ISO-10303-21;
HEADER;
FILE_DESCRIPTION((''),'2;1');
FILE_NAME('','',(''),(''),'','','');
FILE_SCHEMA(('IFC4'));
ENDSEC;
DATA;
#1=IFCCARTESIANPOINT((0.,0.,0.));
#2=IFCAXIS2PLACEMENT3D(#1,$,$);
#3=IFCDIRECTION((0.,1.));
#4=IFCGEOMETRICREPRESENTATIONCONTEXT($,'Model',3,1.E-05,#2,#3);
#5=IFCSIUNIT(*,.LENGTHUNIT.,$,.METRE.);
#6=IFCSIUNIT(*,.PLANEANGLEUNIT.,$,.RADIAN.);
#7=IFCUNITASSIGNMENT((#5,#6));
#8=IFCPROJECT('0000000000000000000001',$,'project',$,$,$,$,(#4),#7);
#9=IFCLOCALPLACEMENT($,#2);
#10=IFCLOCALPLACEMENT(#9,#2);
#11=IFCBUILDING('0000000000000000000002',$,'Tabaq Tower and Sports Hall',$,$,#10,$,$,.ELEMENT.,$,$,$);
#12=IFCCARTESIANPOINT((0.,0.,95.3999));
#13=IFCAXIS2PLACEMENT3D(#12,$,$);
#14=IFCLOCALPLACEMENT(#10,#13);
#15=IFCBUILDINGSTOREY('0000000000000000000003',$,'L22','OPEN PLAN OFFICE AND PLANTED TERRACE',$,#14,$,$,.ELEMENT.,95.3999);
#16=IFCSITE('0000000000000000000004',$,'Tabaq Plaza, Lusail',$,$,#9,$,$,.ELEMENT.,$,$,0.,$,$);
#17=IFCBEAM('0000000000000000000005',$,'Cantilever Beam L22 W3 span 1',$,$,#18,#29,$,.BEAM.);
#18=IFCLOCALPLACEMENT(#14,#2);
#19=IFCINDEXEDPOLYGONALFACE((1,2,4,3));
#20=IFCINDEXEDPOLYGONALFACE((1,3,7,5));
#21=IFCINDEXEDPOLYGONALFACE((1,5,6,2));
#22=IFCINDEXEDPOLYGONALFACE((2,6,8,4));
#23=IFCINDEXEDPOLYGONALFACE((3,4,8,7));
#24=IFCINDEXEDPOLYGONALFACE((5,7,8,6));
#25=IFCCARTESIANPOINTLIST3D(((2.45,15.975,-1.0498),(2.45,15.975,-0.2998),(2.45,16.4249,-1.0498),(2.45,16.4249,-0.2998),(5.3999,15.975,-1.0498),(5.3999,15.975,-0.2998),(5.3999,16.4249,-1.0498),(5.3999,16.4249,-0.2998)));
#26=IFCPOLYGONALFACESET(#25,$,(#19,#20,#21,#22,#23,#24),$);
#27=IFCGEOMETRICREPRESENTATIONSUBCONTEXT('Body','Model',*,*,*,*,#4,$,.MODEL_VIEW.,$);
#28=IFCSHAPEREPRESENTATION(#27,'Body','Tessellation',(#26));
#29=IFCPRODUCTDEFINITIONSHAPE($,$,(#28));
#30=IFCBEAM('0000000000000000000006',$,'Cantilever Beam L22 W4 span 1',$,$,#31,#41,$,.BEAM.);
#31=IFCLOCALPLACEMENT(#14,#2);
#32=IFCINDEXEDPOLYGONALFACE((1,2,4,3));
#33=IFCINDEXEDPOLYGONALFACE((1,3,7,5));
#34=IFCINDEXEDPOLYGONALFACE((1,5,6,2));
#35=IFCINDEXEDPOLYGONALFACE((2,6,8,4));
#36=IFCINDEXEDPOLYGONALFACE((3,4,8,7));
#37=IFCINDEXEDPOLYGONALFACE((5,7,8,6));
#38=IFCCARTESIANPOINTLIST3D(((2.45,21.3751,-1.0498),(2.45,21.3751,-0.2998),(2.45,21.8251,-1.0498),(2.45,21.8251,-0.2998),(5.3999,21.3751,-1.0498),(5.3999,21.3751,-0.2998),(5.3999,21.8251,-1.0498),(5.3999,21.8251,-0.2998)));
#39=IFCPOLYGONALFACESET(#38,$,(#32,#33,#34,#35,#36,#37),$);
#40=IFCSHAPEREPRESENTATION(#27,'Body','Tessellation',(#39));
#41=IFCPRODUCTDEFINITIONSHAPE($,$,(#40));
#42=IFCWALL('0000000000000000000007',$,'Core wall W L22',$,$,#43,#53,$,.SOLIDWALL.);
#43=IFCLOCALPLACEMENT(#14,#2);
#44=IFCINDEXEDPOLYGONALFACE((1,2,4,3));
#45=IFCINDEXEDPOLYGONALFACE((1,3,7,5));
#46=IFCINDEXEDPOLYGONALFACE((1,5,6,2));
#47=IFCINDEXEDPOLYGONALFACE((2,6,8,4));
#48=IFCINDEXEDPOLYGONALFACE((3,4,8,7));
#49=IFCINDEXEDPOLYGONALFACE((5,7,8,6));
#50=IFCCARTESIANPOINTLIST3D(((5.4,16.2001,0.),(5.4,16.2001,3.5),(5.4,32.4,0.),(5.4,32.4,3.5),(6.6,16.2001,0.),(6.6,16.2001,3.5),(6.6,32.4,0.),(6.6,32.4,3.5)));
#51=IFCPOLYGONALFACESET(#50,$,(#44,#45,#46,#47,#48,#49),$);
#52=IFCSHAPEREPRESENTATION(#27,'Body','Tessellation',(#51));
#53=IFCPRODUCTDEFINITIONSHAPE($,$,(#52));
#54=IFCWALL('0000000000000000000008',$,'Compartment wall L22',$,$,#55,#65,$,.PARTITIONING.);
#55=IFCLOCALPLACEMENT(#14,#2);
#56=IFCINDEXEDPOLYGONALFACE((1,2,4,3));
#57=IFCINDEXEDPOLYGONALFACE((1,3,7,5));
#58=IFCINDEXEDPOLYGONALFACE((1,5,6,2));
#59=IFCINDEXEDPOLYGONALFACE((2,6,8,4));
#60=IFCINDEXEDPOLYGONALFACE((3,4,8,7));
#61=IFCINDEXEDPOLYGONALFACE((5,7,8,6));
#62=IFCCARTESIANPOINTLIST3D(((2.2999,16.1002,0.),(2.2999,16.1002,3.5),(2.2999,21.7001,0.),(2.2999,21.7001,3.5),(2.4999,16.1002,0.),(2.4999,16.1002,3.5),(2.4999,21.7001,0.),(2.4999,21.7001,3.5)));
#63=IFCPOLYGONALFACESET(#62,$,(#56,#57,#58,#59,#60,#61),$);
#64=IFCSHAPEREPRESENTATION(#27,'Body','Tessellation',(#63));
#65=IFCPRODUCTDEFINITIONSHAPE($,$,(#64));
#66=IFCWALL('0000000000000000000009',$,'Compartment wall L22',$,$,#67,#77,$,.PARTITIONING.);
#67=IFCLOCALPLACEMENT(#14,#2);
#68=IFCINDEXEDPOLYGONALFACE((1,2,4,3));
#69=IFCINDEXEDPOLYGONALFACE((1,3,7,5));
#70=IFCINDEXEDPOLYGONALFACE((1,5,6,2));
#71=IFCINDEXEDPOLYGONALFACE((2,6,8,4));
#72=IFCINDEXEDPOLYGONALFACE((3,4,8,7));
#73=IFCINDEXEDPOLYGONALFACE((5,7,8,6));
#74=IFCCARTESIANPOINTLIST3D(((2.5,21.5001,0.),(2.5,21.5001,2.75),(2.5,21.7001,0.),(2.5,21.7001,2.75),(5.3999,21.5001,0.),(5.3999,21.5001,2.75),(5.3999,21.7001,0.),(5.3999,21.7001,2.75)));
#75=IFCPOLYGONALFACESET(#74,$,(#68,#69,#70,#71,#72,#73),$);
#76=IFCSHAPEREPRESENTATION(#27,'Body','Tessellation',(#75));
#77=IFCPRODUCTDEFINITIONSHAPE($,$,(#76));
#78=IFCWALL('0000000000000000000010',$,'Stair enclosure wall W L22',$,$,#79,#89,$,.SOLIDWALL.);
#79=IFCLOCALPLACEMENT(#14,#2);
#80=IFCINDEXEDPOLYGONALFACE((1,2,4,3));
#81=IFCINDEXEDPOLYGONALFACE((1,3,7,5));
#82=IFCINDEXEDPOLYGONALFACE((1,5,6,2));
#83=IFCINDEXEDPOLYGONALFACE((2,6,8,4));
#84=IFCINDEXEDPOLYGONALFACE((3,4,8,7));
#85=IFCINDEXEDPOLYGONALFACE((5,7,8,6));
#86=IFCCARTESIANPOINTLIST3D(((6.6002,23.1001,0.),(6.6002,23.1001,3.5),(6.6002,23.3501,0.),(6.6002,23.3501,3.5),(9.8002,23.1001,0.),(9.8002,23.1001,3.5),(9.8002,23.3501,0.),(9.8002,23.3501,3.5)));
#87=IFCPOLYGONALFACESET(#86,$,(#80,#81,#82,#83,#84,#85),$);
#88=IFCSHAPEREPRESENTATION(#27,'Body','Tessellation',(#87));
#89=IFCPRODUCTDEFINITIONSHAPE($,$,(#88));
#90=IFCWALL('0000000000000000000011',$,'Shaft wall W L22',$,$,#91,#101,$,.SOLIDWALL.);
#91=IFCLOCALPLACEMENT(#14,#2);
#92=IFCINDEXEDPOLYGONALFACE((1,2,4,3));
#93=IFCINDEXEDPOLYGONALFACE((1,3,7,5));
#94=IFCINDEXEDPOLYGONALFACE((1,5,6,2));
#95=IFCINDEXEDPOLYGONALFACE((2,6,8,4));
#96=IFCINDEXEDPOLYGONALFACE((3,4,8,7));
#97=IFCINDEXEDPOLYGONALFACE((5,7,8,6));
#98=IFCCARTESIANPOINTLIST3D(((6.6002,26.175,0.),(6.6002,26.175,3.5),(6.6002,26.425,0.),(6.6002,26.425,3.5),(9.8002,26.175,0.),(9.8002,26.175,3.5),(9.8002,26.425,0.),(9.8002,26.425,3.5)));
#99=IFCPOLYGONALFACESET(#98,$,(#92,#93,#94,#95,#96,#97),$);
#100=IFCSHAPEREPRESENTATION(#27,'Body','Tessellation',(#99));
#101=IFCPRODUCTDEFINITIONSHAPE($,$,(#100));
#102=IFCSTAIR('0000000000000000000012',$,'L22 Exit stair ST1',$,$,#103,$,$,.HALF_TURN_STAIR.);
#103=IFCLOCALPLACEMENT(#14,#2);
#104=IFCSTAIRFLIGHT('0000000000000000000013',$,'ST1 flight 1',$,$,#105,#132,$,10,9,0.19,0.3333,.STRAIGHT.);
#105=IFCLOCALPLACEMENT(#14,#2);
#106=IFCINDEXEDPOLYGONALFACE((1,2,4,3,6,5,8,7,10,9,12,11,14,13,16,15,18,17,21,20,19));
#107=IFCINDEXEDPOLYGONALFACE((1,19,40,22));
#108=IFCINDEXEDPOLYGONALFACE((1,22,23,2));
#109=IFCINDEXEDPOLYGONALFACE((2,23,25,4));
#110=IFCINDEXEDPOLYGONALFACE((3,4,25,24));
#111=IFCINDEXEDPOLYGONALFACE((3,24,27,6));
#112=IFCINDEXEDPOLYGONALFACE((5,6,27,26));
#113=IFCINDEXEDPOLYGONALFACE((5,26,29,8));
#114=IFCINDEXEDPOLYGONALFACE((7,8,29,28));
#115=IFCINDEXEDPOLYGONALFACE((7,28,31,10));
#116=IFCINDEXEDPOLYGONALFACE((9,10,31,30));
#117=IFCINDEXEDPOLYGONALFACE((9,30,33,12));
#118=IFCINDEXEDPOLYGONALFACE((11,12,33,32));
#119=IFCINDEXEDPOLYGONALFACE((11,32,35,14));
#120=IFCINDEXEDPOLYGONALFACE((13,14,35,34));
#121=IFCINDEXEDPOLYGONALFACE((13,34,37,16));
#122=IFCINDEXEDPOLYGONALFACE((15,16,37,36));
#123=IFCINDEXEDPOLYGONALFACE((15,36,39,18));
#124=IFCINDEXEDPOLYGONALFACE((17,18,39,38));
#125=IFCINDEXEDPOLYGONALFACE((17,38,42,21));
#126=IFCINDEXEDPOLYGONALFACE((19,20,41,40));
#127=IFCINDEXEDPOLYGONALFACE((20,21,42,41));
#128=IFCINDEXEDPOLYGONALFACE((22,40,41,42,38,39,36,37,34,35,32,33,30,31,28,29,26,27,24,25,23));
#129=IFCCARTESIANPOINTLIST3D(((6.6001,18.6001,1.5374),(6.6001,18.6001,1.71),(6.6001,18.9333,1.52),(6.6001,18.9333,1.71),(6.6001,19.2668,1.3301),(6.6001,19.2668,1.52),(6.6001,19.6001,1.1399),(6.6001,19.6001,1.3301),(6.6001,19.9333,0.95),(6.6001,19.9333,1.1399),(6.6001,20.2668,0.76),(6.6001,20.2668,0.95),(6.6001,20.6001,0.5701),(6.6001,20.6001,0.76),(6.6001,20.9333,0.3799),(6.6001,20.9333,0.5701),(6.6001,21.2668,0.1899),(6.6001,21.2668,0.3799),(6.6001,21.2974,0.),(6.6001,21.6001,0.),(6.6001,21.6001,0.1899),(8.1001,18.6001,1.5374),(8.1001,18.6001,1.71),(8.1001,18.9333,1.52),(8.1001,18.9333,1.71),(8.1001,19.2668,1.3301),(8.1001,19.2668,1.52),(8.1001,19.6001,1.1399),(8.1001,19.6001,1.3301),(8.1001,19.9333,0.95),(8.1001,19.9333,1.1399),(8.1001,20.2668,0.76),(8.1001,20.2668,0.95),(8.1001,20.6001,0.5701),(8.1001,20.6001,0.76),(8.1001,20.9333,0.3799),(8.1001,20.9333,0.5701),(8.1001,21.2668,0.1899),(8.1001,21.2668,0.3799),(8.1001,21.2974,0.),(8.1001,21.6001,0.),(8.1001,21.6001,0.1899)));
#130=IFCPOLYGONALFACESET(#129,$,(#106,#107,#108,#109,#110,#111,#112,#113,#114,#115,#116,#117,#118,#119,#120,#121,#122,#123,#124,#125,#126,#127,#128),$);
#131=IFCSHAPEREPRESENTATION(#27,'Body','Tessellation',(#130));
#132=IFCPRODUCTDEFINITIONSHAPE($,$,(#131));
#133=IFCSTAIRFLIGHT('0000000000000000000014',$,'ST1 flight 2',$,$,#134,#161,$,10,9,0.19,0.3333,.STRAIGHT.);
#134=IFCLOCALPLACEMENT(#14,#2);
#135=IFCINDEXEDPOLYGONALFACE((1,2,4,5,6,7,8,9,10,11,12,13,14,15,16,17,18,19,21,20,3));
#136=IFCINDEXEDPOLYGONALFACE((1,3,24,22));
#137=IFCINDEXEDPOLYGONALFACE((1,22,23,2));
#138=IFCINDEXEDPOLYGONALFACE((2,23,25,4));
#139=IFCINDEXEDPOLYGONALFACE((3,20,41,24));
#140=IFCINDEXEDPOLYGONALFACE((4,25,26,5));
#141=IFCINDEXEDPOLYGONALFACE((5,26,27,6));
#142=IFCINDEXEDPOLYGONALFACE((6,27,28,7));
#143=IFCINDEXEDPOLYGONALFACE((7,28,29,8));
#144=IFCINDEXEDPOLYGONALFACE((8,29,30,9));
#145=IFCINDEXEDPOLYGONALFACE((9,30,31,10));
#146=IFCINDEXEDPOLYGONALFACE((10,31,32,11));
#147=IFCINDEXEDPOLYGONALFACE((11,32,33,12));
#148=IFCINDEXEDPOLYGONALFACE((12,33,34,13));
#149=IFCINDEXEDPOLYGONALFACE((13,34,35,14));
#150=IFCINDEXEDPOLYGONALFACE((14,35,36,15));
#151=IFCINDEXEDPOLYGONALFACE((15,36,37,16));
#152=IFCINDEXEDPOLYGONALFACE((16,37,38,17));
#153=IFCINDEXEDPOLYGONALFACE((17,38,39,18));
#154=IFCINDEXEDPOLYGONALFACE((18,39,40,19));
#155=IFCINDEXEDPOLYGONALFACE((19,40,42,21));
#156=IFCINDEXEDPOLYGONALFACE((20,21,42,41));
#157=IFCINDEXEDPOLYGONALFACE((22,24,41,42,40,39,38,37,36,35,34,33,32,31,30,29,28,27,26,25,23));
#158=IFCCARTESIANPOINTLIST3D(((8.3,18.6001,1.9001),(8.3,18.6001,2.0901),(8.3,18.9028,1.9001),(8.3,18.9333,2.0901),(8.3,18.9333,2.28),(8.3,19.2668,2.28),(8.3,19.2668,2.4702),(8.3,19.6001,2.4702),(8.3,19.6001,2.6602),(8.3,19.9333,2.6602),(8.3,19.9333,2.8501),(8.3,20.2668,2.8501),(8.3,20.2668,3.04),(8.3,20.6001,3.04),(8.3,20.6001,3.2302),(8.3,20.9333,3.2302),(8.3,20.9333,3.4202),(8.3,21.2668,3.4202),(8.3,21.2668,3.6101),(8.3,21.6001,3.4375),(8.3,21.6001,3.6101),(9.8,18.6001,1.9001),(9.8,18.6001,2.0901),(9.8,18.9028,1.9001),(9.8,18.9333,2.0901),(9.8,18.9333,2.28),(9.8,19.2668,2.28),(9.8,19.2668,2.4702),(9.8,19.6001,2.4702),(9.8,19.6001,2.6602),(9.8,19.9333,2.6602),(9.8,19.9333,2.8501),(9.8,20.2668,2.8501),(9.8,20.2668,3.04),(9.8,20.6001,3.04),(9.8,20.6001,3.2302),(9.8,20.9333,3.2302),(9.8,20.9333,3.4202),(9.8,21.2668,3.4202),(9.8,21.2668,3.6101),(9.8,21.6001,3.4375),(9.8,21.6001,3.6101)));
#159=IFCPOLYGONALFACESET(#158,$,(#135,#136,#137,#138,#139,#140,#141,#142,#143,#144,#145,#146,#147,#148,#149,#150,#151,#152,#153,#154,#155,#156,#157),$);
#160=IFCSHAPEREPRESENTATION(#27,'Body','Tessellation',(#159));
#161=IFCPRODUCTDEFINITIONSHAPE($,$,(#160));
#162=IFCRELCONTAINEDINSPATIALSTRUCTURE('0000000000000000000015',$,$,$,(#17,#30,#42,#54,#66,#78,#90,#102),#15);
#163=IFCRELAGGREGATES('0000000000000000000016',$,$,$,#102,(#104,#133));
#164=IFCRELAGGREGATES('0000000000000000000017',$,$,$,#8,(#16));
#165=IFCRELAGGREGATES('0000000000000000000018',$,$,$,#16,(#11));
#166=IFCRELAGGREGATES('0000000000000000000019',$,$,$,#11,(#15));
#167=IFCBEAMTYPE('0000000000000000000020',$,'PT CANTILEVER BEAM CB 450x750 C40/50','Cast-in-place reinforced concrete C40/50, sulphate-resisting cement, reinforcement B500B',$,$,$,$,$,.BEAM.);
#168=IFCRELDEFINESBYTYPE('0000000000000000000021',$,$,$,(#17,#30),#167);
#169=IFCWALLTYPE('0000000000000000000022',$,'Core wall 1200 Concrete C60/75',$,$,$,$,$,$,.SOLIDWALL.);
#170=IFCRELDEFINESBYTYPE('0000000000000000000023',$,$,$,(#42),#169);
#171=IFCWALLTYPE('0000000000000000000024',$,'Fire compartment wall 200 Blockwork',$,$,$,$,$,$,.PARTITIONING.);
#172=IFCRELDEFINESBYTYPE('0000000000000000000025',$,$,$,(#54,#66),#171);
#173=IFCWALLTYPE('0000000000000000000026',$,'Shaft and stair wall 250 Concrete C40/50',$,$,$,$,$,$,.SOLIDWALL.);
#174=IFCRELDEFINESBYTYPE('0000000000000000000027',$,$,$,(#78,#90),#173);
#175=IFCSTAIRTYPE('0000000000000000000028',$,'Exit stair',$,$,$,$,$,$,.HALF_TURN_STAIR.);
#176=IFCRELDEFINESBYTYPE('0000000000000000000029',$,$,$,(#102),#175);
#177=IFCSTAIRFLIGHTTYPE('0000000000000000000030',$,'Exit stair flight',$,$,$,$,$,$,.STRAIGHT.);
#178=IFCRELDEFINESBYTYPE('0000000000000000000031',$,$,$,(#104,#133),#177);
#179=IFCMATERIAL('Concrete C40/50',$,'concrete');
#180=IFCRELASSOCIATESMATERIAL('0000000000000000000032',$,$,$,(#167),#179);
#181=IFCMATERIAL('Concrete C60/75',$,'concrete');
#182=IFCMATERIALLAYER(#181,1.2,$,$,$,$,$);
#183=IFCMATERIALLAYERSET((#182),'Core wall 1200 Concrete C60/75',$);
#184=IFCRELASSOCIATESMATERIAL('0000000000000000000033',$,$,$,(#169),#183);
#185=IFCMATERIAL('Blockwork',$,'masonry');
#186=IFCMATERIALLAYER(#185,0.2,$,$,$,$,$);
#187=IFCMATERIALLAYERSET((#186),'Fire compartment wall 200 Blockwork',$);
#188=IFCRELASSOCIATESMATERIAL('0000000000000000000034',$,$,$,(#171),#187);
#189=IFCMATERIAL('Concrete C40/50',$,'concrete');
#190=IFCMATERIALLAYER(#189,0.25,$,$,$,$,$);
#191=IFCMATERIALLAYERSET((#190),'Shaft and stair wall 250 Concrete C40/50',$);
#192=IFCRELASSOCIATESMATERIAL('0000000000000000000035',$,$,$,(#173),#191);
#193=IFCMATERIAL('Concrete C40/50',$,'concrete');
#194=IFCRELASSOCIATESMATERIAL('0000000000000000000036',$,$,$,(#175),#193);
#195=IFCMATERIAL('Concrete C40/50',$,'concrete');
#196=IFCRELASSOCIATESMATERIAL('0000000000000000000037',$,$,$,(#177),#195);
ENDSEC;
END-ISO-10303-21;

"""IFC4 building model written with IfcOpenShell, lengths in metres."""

from ifc_helpers import new_model, si_unit, direction, frame, frame_2d, origin, origin_2d, place, context, subcontext, project, spatial, polyline, rectangle, outline, extrude, material, layer, layer_set, material_profile, profile_set, type_object, element, aggregate, save


model = new_model("IFC4")

# Units and contexts
model_context = context("Model", 3, precision=1e-05, world=origin(), true_north=direction((0.0, 1.0)))
body_context = subcontext(model_context, "Body", "Model", "MODEL_VIEW")
ifc_project = project(units=[si_unit("LENGTHUNIT", "METRE"), si_unit("PLANEANGLEUNIT", "RADIAN")], contexts=[model_context])

# Site, building, storey
site_placement = place(None, origin())
site = spatial("IfcSite", under=ifc_project, at=site_placement, Name="Tabaq Plaza, Lusail", CompositionType="ELEMENT", RefElevation=0.0)
building_placement = place(site_placement, origin())
building = spatial("IfcBuilding", under=site, at=building_placement, Name="Tabaq Tower and Sports Hall", CompositionType="ELEMENT")
storey_placement = place(building_placement, frame((0.0, 0.0, 95.3999)))
storey = spatial("IfcBuildingStorey", under=building, at=storey_placement, Name="L22", Description="OPEN PLAN OFFICE AND PLANTED TERRACE", CompositionType="ELEMENT", Elevation=95.3999)

# Beams
ifc_material_1 = material(Name="Concrete C40/50", Category="concrete")
ifc_material_profile = material_profile(ifc_material_1, rectangle(XDim=0.45, YDim=0.75, at=origin_2d()), Name="CB 450x750")
ifc_profile_set = profile_set([ifc_material_profile], Name="Concrete C40/50")
beam_type = type_object("IfcBeamType", Name="PT CANTILEVER BEAM CB 450x750 C40/50", Description="Cast-in-place reinforced concrete C40/50, sulphate-resisting cement, reinforcement B500B", PredefinedType="BEAM", material=ifc_profile_set)
for number, where, z_axis, x_axis, name in (
    (1, (2.45, 16.2, -0.6748), (1.0, 0.0, 0.0), (0.0, 1.0, 0.0), "Cantilever Beam L22 W3 span 1"),
    (2, (2.45, 21.6001, -0.6748), (1.0, 0.0, 0.0), (0.0, 1.0, 0.0), "Cantilever Beam L22 W4 span 1"),
):
    element("IfcBeam", number, at=place(storey_placement, frame(where, z_axis=z_axis, x_axis=x_axis)), inside=storey, type_object=beam_type, Name=name, PredefinedType="BEAM", context=body_context, shape_type="SweptSolid", body=[
        extrude(rectangle(XDim=0.45, YDim=0.75, at=origin_2d()), origin(), (0.0, 0.0, 1.0), 2.95),
    ])

# Walls
ifc_material_2 = material(Name="Concrete C60/75", Category="concrete")
ifc_layer_1 = layer(ifc_material_2, 1.2)
ifc_layer_set_1 = layer_set([ifc_layer_1], Name="Core wall 1200 Concrete C60/75")
wall_type_1 = type_object("IfcWallType", Name="Core wall 1200 Concrete C60/75", PredefinedType="SOLIDWALL", material=ifc_layer_set_1)
wall_1_placement = place(storey_placement, frame((6.0, 16.2, 0.0), z_axis=(0.0, 0.0, 1.0), x_axis=(0.0, 1.0, 0.0)))
element("IfcWall", 3, at=wall_1_placement, inside=storey, type_object=wall_type_1, Name="Core wall W L22", PredefinedType="SOLIDWALL", context=body_context, shape_type="SweptSolid", body=[
    extrude(rectangle(XDim=16.2, YDim=1.2, at=frame_2d((8.1001, 0.0))), origin(), (0.0, 0.0, 1.0), 3.5),
])
ifc_material_3 = material(Name="Blockwork", Category="masonry")
ifc_layer_2 = layer(ifc_material_3, 0.2)
ifc_layer_set_2 = layer_set([ifc_layer_2], Name="Fire compartment wall 200 Blockwork")
wall_type_2 = type_object("IfcWallType", Name="Fire compartment wall 200 Blockwork", PredefinedType="PARTITIONING", material=ifc_layer_set_2)
wall_2_placement = place(storey_placement, frame((2.3999, 21.7, 0.0), z_axis=(0.0, 0.0, 1.0), x_axis=(0.0, -1.0, 0.0)))
element("IfcWall", 4, at=wall_2_placement, inside=storey, type_object=wall_type_2, Name="Compartment wall L22", PredefinedType="PARTITIONING", context=body_context, shape_type="SweptSolid", body=[
    extrude(rectangle(XDim=5.5999, YDim=0.2, at=frame_2d((2.7998, 0.0))), origin(), (0.0, 0.0, 1.0), 3.5),
])

# Walls
wall_3_placement = place(storey_placement, frame((5.3999, 21.6001, 0.0), z_axis=(0.0, 0.0, 1.0), x_axis=(-1.0, 0.0, 0.0)))
element("IfcWall", 5, at=wall_3_placement, inside=storey, type_object=wall_type_2, Name="Compartment wall L22", PredefinedType="PARTITIONING", context=body_context, shape_type="SweptSolid", body=[
    extrude(rectangle(XDim=2.8999, YDim=0.2, at=frame_2d((1.45, 0.0))), origin(), (0.0, 0.0, 1.0), 2.75),
])
ifc_material_4 = material(Name="Concrete C40/50", Category="concrete")
ifc_layer_3 = layer(ifc_material_4, 0.25)
ifc_layer_set_3 = layer_set([ifc_layer_3], Name="Shaft and stair wall 250 Concrete C40/50")
wall_type_3 = type_object("IfcWallType", Name="Shaft and stair wall 250 Concrete C40/50", PredefinedType="SOLIDWALL", material=ifc_layer_set_3)
for number, where, z_axis, x_axis, name in (
    (6, (6.6001, 23.2251, 0.0), (0.0, 0.0, 1.0), (1.0, 0.0, 0.0), "Stair enclosure wall W L22"),
    (7, (6.6001, 26.3, 0.0), (0.0, 0.0, 1.0), (1.0, 0.0, 0.0), "Shaft wall W L22"),
):
    element("IfcWall", number, at=place(storey_placement, frame(where, z_axis=z_axis, x_axis=x_axis)), inside=storey, type_object=wall_type_3, Name=name, PredefinedType="SOLIDWALL", context=body_context, shape_type="SweptSolid", body=[
        extrude(rectangle(XDim=3.2, YDim=0.25, at=frame_2d((1.6001, 0.0))), origin(), (0.0, 0.0, 1.0), 3.5),
    ])

# Stair, stair flights
ifc_material_5 = material(Name="Concrete C40/50", Category="concrete")
stair_type = type_object("IfcStairType", Name="Exit stair", PredefinedType="HALF_TURN_STAIR", material=ifc_material_5)
stair_placement = place(storey_placement, origin())
stair = element("IfcStair", 8, at=stair_placement, inside=storey, type_object=stair_type, Name="L22 Exit stair ST1", PredefinedType="HALF_TURN_STAIR")
ifc_material_6 = material(Name="Concrete C40/50", Category="concrete")
stair_flight_type = type_object("IfcStairFlightType", Name="Exit stair flight", PredefinedType="STRAIGHT", material=ifc_material_6)
stair_flight_1_placement = place(storey_placement, frame((7.3501, 21.6001, 0.0), z_axis=(0.0, 0.0, 1.0), x_axis=(0.0, -1.0, 0.0)))
stair_flight_1 = element("IfcStairFlight", 9, at=stair_flight_1_placement, type_object=stair_flight_type, Name="ST1 flight 1", NumberOfRisers=10, NumberOfTreads=9, PredefinedType="STRAIGHT", RiserHeight=0.19, TreadLength=0.3333, context=body_context, shape_type="SweptSolid", body=[
    extrude(outline(polyline([(0.0, 0.0), (0.0, 0.1899), (0.3333, 0.1899), (0.3333, 0.3799), (0.6667, 0.3799), (0.6667, 0.5701), (1.0, 0.5701), (1.0, 0.76), (1.3333, 0.76), (1.3333, 0.95), (1.6667, 0.95), (1.6667, 1.1399), (2.0, 1.1399), (2.0, 1.3301), (2.3333, 1.3301), (2.3333, 1.52), (2.6667, 1.52), (2.6667, 1.71), (3.0, 1.71), (3.0, 1.8999), (3.0, 1.5374), (0.3027, 0.0), (0.0, 0.0)])), frame((0.0, 0.75, 0.0), z_axis=(0.0, -1.0, 0.0), x_axis=(1.0, 0.0, 0.0)), (0.0, 0.0, 1.0), 1.5),
])
stair_flight_2_placement = place(storey_placement, frame((9.05, 18.6001, 1.9001), z_axis=(0.0, 0.0, 1.0), x_axis=(0.0, 1.0, 0.0)))
stair_flight_2 = element("IfcStairFlight", 10, at=stair_flight_2_placement, type_object=stair_flight_type, Name="ST1 flight 2", NumberOfRisers=10, NumberOfTreads=9, PredefinedType="STRAIGHT", RiserHeight=0.19, TreadLength=0.3333, context=body_context, shape_type="SweptSolid", body=[
    extrude(outline(polyline([(0.0, 0.0), (0.0, 0.1899), (0.3333, 0.1899), (0.3333, 0.3799), (0.6667, 0.3799), (0.6667, 0.5701), (1.0, 0.5701), (1.0, 0.76), (1.3333, 0.76), (1.3333, 0.95), (1.6667, 0.95), (1.6667, 1.1399), (2.0, 1.1399), (2.0, 1.3301), (2.3333, 1.3301), (2.3333, 1.52), (2.6667, 1.52), (2.6667, 1.71), (3.0, 1.71), (3.0, 1.8999), (3.0, 1.5374), (0.3027, 0.0), (0.0, 0.0)])), frame((0.0, 0.75, 0.0), z_axis=(0.0, -1.0, 0.0), x_axis=(1.0, 0.0, 0.0)), (0.0, 0.0, 1.0), 1.5),
])
aggregate(stair, [stair_flight_1, stair_flight_2])

save(model, "model.ifc")
